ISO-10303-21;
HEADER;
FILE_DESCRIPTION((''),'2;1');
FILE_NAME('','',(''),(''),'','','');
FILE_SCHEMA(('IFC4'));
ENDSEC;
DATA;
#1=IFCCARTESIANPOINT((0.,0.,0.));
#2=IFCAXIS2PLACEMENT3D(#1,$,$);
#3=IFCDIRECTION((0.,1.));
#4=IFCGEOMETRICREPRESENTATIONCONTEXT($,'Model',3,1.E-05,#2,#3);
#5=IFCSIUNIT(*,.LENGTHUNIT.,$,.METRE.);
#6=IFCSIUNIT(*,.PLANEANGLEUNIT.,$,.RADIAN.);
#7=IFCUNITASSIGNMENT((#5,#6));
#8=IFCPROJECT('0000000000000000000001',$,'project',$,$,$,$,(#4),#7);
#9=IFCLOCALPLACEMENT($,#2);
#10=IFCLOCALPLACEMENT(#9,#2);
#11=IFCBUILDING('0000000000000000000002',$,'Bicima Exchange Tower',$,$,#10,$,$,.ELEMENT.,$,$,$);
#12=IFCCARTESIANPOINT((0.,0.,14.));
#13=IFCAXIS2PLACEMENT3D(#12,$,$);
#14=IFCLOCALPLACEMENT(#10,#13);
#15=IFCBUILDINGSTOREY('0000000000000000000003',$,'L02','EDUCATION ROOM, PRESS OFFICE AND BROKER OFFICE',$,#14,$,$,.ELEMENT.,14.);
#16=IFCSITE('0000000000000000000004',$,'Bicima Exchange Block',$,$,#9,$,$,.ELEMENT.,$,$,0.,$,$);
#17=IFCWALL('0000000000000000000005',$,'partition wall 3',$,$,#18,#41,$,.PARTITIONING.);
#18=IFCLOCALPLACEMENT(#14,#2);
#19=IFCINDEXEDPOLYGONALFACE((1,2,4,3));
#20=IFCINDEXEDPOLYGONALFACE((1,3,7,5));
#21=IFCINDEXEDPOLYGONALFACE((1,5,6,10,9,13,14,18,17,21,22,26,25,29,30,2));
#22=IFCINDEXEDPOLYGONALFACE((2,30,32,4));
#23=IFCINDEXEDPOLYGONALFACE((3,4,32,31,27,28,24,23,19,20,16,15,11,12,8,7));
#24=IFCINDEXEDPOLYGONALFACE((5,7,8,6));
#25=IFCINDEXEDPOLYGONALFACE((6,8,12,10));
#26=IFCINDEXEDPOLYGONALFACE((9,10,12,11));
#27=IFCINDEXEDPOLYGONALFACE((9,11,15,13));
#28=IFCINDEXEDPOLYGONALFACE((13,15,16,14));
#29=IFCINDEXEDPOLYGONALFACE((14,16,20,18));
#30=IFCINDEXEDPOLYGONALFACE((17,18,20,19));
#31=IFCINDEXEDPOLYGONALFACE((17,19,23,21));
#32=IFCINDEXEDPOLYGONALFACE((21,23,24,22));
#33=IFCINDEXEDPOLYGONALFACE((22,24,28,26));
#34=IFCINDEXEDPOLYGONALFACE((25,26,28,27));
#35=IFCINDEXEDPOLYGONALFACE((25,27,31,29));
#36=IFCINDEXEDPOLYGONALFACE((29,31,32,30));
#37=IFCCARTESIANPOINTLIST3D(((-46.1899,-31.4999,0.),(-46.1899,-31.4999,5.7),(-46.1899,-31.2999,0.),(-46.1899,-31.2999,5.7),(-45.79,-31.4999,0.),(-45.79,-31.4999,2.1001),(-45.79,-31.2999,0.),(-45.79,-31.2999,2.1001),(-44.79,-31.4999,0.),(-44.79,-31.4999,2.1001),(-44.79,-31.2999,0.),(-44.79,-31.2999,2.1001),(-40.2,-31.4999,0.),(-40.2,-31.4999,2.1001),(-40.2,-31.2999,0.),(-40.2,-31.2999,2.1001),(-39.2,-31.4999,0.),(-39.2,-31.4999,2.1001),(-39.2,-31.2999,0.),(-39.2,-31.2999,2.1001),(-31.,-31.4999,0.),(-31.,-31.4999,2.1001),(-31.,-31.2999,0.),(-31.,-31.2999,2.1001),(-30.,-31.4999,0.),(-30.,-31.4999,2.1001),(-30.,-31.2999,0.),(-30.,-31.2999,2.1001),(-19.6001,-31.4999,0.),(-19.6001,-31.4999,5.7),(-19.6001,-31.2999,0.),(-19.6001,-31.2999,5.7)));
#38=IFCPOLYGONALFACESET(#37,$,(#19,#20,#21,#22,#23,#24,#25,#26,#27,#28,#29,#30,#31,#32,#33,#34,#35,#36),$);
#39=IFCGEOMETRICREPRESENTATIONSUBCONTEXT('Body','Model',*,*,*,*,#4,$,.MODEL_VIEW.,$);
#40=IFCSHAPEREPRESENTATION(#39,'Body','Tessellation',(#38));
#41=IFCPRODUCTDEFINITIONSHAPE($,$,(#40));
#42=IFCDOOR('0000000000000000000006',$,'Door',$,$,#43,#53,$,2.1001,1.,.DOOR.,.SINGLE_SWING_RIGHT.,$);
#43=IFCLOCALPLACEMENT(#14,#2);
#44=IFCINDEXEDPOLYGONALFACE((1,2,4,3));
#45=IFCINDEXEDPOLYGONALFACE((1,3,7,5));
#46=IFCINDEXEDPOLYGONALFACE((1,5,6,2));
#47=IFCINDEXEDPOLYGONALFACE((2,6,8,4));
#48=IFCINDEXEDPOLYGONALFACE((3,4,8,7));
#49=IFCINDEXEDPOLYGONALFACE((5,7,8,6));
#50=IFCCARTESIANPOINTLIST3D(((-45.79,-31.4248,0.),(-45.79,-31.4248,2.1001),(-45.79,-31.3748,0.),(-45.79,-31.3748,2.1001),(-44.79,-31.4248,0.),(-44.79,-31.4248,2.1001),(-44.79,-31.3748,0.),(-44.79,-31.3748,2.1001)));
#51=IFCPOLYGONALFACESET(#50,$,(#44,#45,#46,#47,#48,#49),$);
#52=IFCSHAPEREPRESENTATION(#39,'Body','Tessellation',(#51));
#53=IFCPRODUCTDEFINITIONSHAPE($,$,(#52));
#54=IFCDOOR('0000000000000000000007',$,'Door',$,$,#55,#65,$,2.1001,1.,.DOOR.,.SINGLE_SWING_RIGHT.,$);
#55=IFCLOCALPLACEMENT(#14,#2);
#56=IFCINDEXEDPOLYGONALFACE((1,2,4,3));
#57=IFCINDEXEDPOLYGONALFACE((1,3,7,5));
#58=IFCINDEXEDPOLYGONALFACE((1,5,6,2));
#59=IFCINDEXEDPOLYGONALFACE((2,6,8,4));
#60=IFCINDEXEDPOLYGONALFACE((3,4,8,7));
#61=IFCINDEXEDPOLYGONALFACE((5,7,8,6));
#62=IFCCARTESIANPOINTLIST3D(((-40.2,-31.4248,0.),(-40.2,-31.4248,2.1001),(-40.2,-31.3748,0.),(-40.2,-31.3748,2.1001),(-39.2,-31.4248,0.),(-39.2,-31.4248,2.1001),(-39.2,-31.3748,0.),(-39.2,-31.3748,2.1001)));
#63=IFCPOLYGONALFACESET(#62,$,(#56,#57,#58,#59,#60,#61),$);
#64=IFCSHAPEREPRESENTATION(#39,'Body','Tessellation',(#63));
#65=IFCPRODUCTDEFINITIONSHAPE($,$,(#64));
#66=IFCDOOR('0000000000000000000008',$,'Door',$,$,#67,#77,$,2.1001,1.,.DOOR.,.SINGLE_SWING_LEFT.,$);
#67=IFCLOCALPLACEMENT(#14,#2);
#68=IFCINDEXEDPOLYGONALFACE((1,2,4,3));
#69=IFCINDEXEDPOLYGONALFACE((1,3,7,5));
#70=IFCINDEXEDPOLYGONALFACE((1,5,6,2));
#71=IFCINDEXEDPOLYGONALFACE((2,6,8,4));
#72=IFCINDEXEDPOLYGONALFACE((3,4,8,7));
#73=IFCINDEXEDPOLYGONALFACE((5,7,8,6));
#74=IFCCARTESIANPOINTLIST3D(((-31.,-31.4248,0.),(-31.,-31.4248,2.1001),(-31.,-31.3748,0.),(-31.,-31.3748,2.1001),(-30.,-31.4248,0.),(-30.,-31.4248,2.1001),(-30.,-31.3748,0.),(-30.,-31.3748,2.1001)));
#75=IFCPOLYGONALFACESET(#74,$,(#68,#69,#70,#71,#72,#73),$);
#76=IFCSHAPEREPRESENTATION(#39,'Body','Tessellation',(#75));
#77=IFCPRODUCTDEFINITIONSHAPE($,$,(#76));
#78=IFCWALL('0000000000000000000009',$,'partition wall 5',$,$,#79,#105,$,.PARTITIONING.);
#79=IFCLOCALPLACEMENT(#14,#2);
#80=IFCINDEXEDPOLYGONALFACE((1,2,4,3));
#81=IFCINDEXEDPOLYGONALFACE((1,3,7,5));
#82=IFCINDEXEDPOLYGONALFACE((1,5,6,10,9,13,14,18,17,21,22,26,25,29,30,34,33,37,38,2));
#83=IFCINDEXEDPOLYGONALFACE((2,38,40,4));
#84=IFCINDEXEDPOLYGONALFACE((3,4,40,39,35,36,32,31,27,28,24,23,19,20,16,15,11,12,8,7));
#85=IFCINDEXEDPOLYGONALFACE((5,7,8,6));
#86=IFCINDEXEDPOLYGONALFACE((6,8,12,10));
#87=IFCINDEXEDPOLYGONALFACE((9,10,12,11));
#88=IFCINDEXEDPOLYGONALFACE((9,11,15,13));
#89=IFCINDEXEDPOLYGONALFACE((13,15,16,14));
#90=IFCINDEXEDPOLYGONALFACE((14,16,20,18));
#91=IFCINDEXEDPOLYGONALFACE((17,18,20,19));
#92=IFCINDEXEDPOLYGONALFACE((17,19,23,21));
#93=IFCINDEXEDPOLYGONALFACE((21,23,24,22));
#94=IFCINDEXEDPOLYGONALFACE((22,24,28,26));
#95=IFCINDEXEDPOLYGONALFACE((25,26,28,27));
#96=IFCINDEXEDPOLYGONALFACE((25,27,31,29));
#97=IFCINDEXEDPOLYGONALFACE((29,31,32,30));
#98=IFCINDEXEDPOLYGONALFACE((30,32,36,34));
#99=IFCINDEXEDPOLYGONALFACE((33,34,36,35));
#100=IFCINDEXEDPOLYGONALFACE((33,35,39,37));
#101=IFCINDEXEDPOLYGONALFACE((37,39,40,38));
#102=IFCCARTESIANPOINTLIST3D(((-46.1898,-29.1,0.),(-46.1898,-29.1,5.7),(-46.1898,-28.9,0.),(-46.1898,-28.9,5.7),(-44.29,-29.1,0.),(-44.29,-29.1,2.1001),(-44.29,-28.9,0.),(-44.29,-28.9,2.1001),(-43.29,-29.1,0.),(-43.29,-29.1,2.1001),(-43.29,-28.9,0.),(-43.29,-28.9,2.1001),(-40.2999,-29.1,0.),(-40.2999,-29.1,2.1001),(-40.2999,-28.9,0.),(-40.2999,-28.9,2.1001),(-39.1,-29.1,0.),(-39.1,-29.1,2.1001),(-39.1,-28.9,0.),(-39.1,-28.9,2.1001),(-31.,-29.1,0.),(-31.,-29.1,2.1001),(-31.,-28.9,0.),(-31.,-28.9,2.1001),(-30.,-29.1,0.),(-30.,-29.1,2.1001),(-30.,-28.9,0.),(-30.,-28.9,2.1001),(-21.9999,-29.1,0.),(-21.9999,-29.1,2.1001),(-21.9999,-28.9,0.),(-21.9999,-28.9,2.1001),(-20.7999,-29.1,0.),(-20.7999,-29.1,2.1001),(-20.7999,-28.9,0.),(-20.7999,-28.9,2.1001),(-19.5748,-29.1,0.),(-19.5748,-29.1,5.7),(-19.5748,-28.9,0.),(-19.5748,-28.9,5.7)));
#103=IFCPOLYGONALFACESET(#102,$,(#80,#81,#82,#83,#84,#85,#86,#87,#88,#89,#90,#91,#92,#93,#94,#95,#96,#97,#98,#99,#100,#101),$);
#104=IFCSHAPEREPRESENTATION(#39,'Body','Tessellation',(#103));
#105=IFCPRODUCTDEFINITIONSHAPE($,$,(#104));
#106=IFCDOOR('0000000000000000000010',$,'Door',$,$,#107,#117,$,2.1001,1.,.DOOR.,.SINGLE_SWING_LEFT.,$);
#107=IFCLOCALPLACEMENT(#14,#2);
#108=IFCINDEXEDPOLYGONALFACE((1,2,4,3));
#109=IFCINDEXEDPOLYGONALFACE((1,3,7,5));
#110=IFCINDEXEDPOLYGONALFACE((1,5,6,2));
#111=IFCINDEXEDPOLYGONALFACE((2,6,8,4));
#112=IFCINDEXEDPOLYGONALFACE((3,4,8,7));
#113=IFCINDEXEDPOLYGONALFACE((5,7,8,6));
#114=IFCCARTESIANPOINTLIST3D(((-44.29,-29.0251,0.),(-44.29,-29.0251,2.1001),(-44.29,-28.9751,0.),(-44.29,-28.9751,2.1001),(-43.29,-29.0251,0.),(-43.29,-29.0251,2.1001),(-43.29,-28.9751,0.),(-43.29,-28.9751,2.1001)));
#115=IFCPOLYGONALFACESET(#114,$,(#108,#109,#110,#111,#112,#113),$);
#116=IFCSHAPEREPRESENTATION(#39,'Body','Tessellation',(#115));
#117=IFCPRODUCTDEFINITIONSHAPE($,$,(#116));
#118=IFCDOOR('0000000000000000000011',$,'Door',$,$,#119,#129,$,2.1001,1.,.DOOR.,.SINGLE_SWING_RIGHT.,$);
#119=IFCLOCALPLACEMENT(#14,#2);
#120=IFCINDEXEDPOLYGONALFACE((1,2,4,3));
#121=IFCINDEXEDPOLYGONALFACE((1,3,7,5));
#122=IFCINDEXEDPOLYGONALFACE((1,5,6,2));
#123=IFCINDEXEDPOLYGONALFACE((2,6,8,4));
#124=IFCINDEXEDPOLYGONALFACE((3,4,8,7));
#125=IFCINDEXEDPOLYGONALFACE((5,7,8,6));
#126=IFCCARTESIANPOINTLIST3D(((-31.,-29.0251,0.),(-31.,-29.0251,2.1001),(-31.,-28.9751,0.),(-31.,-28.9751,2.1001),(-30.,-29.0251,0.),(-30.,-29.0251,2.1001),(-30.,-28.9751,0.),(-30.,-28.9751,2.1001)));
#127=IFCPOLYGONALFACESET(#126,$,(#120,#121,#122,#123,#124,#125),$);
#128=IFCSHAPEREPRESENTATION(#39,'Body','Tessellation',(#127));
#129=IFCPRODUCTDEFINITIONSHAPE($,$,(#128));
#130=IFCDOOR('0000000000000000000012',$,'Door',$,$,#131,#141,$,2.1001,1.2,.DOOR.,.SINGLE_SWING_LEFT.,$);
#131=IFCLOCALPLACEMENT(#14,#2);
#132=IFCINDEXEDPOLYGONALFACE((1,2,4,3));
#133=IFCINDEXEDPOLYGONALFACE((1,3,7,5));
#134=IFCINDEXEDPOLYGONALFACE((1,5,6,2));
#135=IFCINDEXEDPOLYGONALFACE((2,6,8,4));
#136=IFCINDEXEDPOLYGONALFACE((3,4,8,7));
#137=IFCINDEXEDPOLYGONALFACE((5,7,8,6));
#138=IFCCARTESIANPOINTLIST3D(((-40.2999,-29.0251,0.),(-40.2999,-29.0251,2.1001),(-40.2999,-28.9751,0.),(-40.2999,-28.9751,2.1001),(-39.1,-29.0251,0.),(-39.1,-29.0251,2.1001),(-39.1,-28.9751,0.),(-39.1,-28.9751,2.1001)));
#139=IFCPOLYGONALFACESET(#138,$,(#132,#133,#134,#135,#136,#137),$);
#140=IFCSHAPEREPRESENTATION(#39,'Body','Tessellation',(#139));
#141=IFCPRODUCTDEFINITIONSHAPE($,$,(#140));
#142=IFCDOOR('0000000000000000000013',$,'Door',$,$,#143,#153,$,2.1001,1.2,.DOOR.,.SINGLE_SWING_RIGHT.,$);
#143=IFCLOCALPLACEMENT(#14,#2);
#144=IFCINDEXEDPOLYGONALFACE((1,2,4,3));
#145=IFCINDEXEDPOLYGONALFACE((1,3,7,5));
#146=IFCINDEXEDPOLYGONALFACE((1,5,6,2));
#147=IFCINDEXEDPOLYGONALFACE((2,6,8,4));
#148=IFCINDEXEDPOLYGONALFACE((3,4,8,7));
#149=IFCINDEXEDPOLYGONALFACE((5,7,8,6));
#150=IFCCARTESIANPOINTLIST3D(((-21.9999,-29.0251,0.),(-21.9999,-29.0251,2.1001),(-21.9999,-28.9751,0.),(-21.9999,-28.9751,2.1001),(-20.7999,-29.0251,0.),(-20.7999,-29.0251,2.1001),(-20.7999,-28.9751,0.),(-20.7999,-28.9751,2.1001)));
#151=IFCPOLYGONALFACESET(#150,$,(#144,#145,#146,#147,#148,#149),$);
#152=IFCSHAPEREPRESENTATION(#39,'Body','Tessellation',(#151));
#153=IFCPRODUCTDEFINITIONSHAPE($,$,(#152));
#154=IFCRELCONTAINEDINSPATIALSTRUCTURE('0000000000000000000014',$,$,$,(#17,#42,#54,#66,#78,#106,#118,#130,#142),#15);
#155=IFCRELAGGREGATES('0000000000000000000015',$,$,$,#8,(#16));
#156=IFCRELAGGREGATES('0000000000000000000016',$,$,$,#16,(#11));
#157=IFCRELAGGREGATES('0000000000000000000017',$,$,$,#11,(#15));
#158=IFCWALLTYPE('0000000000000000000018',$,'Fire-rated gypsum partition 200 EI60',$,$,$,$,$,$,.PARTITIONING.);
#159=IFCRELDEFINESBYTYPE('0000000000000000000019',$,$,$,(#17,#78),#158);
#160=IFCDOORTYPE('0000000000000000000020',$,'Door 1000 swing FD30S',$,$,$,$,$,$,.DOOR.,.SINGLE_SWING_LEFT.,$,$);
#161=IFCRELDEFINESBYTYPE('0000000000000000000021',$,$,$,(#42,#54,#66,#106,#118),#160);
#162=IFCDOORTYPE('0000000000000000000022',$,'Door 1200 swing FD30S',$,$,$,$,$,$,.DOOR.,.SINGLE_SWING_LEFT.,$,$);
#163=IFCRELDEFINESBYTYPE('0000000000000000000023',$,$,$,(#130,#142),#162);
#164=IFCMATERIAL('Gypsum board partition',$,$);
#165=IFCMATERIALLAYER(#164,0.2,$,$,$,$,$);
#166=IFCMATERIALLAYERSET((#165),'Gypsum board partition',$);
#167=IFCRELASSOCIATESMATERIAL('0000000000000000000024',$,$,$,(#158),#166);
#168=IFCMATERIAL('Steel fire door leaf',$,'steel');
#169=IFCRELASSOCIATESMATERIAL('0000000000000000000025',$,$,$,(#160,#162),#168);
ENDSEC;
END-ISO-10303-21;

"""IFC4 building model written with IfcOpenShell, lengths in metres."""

from ifc_helpers import new_model, si_unit, direction, frame, frame_2d, origin, place, context, subcontext, project, spatial, rectangle, extrude, material, layer, layer_set, type_object, element, fill, save


model = new_model("IFC4")

# Units and contexts
model_context = context("Model", 3, precision=1e-05, world=origin(), true_north=direction((0.0, 1.0)))
body_context = subcontext(model_context, "Body", "Model", "MODEL_VIEW")
ifc_project = project(units=[si_unit("LENGTHUNIT", "METRE"), si_unit("PLANEANGLEUNIT", "RADIAN")], contexts=[model_context])

# Site, building, storey
site_placement = place(None, origin())
site = spatial("IfcSite", under=ifc_project, at=site_placement, Name="Bicima Exchange Block", CompositionType="ELEMENT", RefElevation=0.0)
building_placement = place(site_placement, origin())
building = spatial("IfcBuilding", under=site, at=building_placement, Name="Bicima Exchange Tower", CompositionType="ELEMENT")
storey_placement = place(building_placement, frame((0.0, 0.0, 14.0)))
storey = spatial("IfcBuildingStorey", under=building, at=storey_placement, Name="L02", Description="EDUCATION ROOM, PRESS OFFICE AND BROKER OFFICE", CompositionType="ELEMENT", Elevation=14.0)

# Walls, openings, doors
ifc_material_1 = material(Name="Gypsum board partition")
ifc_layer_1 = layer(ifc_material_1, 0.2)
ifc_layer_set_1 = layer_set([ifc_layer_1], Name="Gypsum board partition")
wall_type_1 = type_object("IfcWallType", Name="Fire-rated gypsum partition 200 EI60", PredefinedType="PARTITIONING", material=ifc_layer_set_1)
wall_1_placement = place(storey_placement, frame((-46.1899, -31.3999, 0.0), z_axis=(0.0, 0.0, 1.0), x_axis=(1.0, 0.0, 0.0)))
wall_1 = element("IfcWall", 1, at=wall_1_placement, inside=storey, type_object=wall_type_1, Name="partition wall 3", PredefinedType="PARTITIONING", context=body_context, shape_type="SweptSolid", body=[
    extrude(rectangle(XDim=26.5898, YDim=0.2, at=frame_2d((13.2949, 0.0))), origin(), (0.0, 0.0, 1.0), 5.7),
])
opening_1_placement = place(wall_1_placement, frame((0.3999, 0.0, 0.0)))
opening_1 = element("IfcOpeningElement", 2, at=opening_1_placement, cuts=wall_1, PredefinedType="OPENING", context=body_context, shape_type="SweptSolid", body=[
    extrude(rectangle(XDim=1.0, YDim=2.1001, at=frame_2d((0.5, 1.05))), frame((0.0, 0.1118, 0.0), z_axis=(0.0, -1.0, 0.0), x_axis=(1.0, 0.0, 0.0)), (0.0, 0.0, 1.0), 0.2239),
])
opening_2_placement = place(wall_1_placement, frame((5.99, 0.0, 0.0)))
opening_2 = element("IfcOpeningElement", 3, at=opening_2_placement, cuts=wall_1, PredefinedType="OPENING", context=body_context, shape_type="SweptSolid", body=[
    extrude(rectangle(XDim=1.0, YDim=2.1001, at=frame_2d((0.5, 1.05))), frame((0.0, 0.1118, 0.0), z_axis=(0.0, -1.0, 0.0), x_axis=(1.0, 0.0, 0.0)), (0.0, 0.0, 1.0), 0.2239),
])
opening_3_placement = place(wall_1_placement, frame((15.1899, 0.0, 0.0)))
opening_3 = element("IfcOpeningElement", 4, at=opening_3_placement, cuts=wall_1, PredefinedType="OPENING", context=body_context, shape_type="SweptSolid", body=[
    extrude(rectangle(XDim=1.0, YDim=2.1001, at=frame_2d((0.5, 1.05))), frame((0.0, 0.1118, 0.0), z_axis=(0.0, -1.0, 0.0), x_axis=(1.0, 0.0, 0.0)), (0.0, 0.0, 1.0), 0.2239),
])
ifc_material_2 = material(Name="Steel fire door leaf", Category="steel")
door_type_1 = type_object("IfcDoorType", Name="Door 1000 swing FD30S", OperationType="SINGLE_SWING_LEFT", PredefinedType="DOOR", material=ifc_material_2)
door_1_placement = place(opening_1_placement, frame((1.0, 0.0, 0.0), z_axis=(0.0, 0.0, 1.0), x_axis=(-1.0, 0.0, 0.0)))
door_1 = element("IfcDoor", 5, at=door_1_placement, inside=storey, type_object=door_type_1, Name="Door", OperationType="SINGLE_SWING_RIGHT", OverallHeight=2.1001, OverallWidth=1.0, PredefinedType="DOOR", context=body_context, shape_type="SweptSolid", body=[
    extrude(rectangle(XDim=1.0, YDim=2.1001, at=frame_2d((0.5, 1.05))), frame((0.0, 0.0249, 0.0), z_axis=(0.0, -1.0, 0.0), x_axis=(1.0, 0.0, 0.0)), (0.0, 0.0, 1.0), 0.05),
])
fill(opening_1, door_1)
door_2_placement = place(opening_2_placement, frame((1.0, 0.0, 0.0), z_axis=(0.0, 0.0, 1.0), x_axis=(-1.0, 0.0, 0.0)))
door_2 = element("IfcDoor", 6, at=door_2_placement, inside=storey, type_object=door_type_1, Name="Door", OperationType="SINGLE_SWING_RIGHT", OverallHeight=2.1001, OverallWidth=1.0, PredefinedType="DOOR", context=body_context, shape_type="SweptSolid", body=[
    extrude(rectangle(XDim=1.0, YDim=2.1001, at=frame_2d((0.5, 1.05))), frame((0.0, 0.0249, 0.0), z_axis=(0.0, -1.0, 0.0), x_axis=(1.0, 0.0, 0.0)), (0.0, 0.0, 1.0), 0.05),
])
fill(opening_2, door_2)
door_3_placement = place(opening_3_placement, frame((1.0, 0.0, 0.0), z_axis=(0.0, 0.0, 1.0), x_axis=(-1.0, 0.0, 0.0)))
door_3 = element("IfcDoor", 7, at=door_3_placement, inside=storey, type_object=door_type_1, Name="Door", OperationType="SINGLE_SWING_LEFT", OverallHeight=2.1001, OverallWidth=1.0, PredefinedType="DOOR", context=body_context, shape_type="SweptSolid", body=[
    extrude(rectangle(XDim=1.0, YDim=2.1001, at=frame_2d((0.5, 1.05))), frame((0.0, 0.0249, 0.0), z_axis=(0.0, -1.0, 0.0), x_axis=(1.0, 0.0, 0.0)), (0.0, 0.0, 1.0), 0.05),
])
fill(opening_3, door_3)
wall_2_placement = place(storey_placement, frame((-46.1899, -29.0, 0.0), z_axis=(0.0, 0.0, 1.0), x_axis=(1.0, 0.0, 0.0)))
wall_2 = element("IfcWall", 8, at=wall_2_placement, inside=storey, type_object=wall_type_1, Name="partition wall 5", PredefinedType="PARTITIONING", context=body_context, shape_type="SweptSolid", body=[
    extrude(rectangle(XDim=26.615, YDim=0.2, at=frame_2d((13.3076, 0.0))), origin(), (0.0, 0.0, 1.0), 5.7),
])
opening_4_placement = place(wall_2_placement, frame((5.8899, 0.0, 0.0)))
opening_4 = element("IfcOpeningElement", 9, at=opening_4_placement, cuts=wall_2, PredefinedType="OPENING", context=body_context, shape_type="SweptSolid", body=[
    extrude(rectangle(XDim=1.2, YDim=2.1001, at=frame_2d((0.6001, 1.05))), frame((0.0, 0.1118, 0.0), z_axis=(0.0, -1.0, 0.0), x_axis=(1.0, 0.0, 0.0)), (0.0, 0.0, 1.0), 0.2239),
])
opening_5_placement = place(wall_2_placement, frame((24.1899, 0.0, 0.0)))
opening_5 = element("IfcOpeningElement", 10, at=opening_5_placement, cuts=wall_2, PredefinedType="OPENING", context=body_context, shape_type="SweptSolid", body=[
    extrude(rectangle(XDim=1.2, YDim=2.1001, at=frame_2d((0.6001, 1.05))), frame((0.0, 0.1118, 0.0), z_axis=(0.0, -1.0, 0.0), x_axis=(1.0, 0.0, 0.0)), (0.0, 0.0, 1.0), 0.2239),
])
opening_6_placement = place(wall_2_placement, frame((1.8999, 0.0, 0.0)))
opening_6 = element("IfcOpeningElement", 11, at=opening_6_placement, cuts=wall_2, PredefinedType="OPENING", context=body_context, shape_type="SweptSolid", body=[
    extrude(rectangle(XDim=1.0, YDim=2.1001, at=frame_2d((0.5, 1.05))), frame((0.0, 0.1118, 0.0), z_axis=(0.0, -1.0, 0.0), x_axis=(1.0, 0.0, 0.0)), (0.0, 0.0, 1.0), 0.2239),
])
opening_7_placement = place(wall_2_placement, frame((15.1899, 0.0, 0.0)))
opening_7 = element("IfcOpeningElement", 12, at=opening_7_placement, cuts=wall_2, PredefinedType="OPENING", context=body_context, shape_type="SweptSolid", body=[
    extrude(rectangle(XDim=1.0, YDim=2.1001, at=frame_2d((0.5, 1.05))), frame((0.0, 0.1118, 0.0), z_axis=(0.0, -1.0, 0.0), x_axis=(1.0, 0.0, 0.0)), (0.0, 0.0, 1.0), 0.2239),
])
door_4_placement = place(opening_6_placement, origin())
door_4 = element("IfcDoor", 13, at=door_4_placement, inside=storey, type_object=door_type_1, Name="Door", OperationType="SINGLE_SWING_LEFT", OverallHeight=2.1001, OverallWidth=1.0, PredefinedType="DOOR", context=body_context, shape_type="SweptSolid", body=[
    extrude(rectangle(XDim=1.0, YDim=2.1001, at=frame_2d((0.5, 1.05))), frame((0.0, 0.0249, 0.0), z_axis=(0.0, -1.0, 0.0), x_axis=(1.0, 0.0, 0.0)), (0.0, 0.0, 1.0), 0.05),
])
fill(opening_6, door_4)
door_5_placement = place(opening_7_placement, origin())
door_5 = element("IfcDoor", 14, at=door_5_placement, inside=storey, type_object=door_type_1, Name="Door", OperationType="SINGLE_SWING_RIGHT", OverallHeight=2.1001, OverallWidth=1.0, PredefinedType="DOOR", context=body_context, shape_type="SweptSolid", body=[
    extrude(rectangle(XDim=1.0, YDim=2.1001, at=frame_2d((0.5, 1.05))), frame((0.0, 0.0249, 0.0), z_axis=(0.0, -1.0, 0.0), x_axis=(1.0, 0.0, 0.0)), (0.0, 0.0, 1.0), 0.05),
])
fill(opening_7, door_5)
door_type_2 = type_object("IfcDoorType", Name="Door 1200 swing FD30S", OperationType="SINGLE_SWING_LEFT", PredefinedType="DOOR", material=ifc_material_2)
door_6_placement = place(opening_4_placement, origin())
door_6 = element("IfcDoor", 15, at=door_6_placement, inside=storey, type_object=door_type_2, Name="Door", OperationType="SINGLE_SWING_LEFT", OverallHeight=2.1001, OverallWidth=1.2, PredefinedType="DOOR", context=body_context, shape_type="SweptSolid", body=[
    extrude(rectangle(XDim=1.2, YDim=2.1001, at=frame_2d((0.6001, 1.05))), frame((0.0, 0.0249, 0.0), z_axis=(0.0, -1.0, 0.0), x_axis=(1.0, 0.0, 0.0)), (0.0, 0.0, 1.0), 0.05),
])
fill(opening_4, door_6)
door_7_placement = place(opening_5_placement, origin())
door_7 = element("IfcDoor", 16, at=door_7_placement, inside=storey, type_object=door_type_2, Name="Door", OperationType="SINGLE_SWING_RIGHT", OverallHeight=2.1001, OverallWidth=1.2, PredefinedType="DOOR", context=body_context, shape_type="SweptSolid", body=[
    extrude(rectangle(XDim=1.2, YDim=2.1001, at=frame_2d((0.6001, 1.05))), frame((0.0, 0.0249, 0.0), z_axis=(0.0, -1.0, 0.0), x_axis=(1.0, 0.0, 0.0)), (0.0, 0.0, 1.0), 0.05),
])
fill(opening_5, door_7)

save(model, "model.ifc")
